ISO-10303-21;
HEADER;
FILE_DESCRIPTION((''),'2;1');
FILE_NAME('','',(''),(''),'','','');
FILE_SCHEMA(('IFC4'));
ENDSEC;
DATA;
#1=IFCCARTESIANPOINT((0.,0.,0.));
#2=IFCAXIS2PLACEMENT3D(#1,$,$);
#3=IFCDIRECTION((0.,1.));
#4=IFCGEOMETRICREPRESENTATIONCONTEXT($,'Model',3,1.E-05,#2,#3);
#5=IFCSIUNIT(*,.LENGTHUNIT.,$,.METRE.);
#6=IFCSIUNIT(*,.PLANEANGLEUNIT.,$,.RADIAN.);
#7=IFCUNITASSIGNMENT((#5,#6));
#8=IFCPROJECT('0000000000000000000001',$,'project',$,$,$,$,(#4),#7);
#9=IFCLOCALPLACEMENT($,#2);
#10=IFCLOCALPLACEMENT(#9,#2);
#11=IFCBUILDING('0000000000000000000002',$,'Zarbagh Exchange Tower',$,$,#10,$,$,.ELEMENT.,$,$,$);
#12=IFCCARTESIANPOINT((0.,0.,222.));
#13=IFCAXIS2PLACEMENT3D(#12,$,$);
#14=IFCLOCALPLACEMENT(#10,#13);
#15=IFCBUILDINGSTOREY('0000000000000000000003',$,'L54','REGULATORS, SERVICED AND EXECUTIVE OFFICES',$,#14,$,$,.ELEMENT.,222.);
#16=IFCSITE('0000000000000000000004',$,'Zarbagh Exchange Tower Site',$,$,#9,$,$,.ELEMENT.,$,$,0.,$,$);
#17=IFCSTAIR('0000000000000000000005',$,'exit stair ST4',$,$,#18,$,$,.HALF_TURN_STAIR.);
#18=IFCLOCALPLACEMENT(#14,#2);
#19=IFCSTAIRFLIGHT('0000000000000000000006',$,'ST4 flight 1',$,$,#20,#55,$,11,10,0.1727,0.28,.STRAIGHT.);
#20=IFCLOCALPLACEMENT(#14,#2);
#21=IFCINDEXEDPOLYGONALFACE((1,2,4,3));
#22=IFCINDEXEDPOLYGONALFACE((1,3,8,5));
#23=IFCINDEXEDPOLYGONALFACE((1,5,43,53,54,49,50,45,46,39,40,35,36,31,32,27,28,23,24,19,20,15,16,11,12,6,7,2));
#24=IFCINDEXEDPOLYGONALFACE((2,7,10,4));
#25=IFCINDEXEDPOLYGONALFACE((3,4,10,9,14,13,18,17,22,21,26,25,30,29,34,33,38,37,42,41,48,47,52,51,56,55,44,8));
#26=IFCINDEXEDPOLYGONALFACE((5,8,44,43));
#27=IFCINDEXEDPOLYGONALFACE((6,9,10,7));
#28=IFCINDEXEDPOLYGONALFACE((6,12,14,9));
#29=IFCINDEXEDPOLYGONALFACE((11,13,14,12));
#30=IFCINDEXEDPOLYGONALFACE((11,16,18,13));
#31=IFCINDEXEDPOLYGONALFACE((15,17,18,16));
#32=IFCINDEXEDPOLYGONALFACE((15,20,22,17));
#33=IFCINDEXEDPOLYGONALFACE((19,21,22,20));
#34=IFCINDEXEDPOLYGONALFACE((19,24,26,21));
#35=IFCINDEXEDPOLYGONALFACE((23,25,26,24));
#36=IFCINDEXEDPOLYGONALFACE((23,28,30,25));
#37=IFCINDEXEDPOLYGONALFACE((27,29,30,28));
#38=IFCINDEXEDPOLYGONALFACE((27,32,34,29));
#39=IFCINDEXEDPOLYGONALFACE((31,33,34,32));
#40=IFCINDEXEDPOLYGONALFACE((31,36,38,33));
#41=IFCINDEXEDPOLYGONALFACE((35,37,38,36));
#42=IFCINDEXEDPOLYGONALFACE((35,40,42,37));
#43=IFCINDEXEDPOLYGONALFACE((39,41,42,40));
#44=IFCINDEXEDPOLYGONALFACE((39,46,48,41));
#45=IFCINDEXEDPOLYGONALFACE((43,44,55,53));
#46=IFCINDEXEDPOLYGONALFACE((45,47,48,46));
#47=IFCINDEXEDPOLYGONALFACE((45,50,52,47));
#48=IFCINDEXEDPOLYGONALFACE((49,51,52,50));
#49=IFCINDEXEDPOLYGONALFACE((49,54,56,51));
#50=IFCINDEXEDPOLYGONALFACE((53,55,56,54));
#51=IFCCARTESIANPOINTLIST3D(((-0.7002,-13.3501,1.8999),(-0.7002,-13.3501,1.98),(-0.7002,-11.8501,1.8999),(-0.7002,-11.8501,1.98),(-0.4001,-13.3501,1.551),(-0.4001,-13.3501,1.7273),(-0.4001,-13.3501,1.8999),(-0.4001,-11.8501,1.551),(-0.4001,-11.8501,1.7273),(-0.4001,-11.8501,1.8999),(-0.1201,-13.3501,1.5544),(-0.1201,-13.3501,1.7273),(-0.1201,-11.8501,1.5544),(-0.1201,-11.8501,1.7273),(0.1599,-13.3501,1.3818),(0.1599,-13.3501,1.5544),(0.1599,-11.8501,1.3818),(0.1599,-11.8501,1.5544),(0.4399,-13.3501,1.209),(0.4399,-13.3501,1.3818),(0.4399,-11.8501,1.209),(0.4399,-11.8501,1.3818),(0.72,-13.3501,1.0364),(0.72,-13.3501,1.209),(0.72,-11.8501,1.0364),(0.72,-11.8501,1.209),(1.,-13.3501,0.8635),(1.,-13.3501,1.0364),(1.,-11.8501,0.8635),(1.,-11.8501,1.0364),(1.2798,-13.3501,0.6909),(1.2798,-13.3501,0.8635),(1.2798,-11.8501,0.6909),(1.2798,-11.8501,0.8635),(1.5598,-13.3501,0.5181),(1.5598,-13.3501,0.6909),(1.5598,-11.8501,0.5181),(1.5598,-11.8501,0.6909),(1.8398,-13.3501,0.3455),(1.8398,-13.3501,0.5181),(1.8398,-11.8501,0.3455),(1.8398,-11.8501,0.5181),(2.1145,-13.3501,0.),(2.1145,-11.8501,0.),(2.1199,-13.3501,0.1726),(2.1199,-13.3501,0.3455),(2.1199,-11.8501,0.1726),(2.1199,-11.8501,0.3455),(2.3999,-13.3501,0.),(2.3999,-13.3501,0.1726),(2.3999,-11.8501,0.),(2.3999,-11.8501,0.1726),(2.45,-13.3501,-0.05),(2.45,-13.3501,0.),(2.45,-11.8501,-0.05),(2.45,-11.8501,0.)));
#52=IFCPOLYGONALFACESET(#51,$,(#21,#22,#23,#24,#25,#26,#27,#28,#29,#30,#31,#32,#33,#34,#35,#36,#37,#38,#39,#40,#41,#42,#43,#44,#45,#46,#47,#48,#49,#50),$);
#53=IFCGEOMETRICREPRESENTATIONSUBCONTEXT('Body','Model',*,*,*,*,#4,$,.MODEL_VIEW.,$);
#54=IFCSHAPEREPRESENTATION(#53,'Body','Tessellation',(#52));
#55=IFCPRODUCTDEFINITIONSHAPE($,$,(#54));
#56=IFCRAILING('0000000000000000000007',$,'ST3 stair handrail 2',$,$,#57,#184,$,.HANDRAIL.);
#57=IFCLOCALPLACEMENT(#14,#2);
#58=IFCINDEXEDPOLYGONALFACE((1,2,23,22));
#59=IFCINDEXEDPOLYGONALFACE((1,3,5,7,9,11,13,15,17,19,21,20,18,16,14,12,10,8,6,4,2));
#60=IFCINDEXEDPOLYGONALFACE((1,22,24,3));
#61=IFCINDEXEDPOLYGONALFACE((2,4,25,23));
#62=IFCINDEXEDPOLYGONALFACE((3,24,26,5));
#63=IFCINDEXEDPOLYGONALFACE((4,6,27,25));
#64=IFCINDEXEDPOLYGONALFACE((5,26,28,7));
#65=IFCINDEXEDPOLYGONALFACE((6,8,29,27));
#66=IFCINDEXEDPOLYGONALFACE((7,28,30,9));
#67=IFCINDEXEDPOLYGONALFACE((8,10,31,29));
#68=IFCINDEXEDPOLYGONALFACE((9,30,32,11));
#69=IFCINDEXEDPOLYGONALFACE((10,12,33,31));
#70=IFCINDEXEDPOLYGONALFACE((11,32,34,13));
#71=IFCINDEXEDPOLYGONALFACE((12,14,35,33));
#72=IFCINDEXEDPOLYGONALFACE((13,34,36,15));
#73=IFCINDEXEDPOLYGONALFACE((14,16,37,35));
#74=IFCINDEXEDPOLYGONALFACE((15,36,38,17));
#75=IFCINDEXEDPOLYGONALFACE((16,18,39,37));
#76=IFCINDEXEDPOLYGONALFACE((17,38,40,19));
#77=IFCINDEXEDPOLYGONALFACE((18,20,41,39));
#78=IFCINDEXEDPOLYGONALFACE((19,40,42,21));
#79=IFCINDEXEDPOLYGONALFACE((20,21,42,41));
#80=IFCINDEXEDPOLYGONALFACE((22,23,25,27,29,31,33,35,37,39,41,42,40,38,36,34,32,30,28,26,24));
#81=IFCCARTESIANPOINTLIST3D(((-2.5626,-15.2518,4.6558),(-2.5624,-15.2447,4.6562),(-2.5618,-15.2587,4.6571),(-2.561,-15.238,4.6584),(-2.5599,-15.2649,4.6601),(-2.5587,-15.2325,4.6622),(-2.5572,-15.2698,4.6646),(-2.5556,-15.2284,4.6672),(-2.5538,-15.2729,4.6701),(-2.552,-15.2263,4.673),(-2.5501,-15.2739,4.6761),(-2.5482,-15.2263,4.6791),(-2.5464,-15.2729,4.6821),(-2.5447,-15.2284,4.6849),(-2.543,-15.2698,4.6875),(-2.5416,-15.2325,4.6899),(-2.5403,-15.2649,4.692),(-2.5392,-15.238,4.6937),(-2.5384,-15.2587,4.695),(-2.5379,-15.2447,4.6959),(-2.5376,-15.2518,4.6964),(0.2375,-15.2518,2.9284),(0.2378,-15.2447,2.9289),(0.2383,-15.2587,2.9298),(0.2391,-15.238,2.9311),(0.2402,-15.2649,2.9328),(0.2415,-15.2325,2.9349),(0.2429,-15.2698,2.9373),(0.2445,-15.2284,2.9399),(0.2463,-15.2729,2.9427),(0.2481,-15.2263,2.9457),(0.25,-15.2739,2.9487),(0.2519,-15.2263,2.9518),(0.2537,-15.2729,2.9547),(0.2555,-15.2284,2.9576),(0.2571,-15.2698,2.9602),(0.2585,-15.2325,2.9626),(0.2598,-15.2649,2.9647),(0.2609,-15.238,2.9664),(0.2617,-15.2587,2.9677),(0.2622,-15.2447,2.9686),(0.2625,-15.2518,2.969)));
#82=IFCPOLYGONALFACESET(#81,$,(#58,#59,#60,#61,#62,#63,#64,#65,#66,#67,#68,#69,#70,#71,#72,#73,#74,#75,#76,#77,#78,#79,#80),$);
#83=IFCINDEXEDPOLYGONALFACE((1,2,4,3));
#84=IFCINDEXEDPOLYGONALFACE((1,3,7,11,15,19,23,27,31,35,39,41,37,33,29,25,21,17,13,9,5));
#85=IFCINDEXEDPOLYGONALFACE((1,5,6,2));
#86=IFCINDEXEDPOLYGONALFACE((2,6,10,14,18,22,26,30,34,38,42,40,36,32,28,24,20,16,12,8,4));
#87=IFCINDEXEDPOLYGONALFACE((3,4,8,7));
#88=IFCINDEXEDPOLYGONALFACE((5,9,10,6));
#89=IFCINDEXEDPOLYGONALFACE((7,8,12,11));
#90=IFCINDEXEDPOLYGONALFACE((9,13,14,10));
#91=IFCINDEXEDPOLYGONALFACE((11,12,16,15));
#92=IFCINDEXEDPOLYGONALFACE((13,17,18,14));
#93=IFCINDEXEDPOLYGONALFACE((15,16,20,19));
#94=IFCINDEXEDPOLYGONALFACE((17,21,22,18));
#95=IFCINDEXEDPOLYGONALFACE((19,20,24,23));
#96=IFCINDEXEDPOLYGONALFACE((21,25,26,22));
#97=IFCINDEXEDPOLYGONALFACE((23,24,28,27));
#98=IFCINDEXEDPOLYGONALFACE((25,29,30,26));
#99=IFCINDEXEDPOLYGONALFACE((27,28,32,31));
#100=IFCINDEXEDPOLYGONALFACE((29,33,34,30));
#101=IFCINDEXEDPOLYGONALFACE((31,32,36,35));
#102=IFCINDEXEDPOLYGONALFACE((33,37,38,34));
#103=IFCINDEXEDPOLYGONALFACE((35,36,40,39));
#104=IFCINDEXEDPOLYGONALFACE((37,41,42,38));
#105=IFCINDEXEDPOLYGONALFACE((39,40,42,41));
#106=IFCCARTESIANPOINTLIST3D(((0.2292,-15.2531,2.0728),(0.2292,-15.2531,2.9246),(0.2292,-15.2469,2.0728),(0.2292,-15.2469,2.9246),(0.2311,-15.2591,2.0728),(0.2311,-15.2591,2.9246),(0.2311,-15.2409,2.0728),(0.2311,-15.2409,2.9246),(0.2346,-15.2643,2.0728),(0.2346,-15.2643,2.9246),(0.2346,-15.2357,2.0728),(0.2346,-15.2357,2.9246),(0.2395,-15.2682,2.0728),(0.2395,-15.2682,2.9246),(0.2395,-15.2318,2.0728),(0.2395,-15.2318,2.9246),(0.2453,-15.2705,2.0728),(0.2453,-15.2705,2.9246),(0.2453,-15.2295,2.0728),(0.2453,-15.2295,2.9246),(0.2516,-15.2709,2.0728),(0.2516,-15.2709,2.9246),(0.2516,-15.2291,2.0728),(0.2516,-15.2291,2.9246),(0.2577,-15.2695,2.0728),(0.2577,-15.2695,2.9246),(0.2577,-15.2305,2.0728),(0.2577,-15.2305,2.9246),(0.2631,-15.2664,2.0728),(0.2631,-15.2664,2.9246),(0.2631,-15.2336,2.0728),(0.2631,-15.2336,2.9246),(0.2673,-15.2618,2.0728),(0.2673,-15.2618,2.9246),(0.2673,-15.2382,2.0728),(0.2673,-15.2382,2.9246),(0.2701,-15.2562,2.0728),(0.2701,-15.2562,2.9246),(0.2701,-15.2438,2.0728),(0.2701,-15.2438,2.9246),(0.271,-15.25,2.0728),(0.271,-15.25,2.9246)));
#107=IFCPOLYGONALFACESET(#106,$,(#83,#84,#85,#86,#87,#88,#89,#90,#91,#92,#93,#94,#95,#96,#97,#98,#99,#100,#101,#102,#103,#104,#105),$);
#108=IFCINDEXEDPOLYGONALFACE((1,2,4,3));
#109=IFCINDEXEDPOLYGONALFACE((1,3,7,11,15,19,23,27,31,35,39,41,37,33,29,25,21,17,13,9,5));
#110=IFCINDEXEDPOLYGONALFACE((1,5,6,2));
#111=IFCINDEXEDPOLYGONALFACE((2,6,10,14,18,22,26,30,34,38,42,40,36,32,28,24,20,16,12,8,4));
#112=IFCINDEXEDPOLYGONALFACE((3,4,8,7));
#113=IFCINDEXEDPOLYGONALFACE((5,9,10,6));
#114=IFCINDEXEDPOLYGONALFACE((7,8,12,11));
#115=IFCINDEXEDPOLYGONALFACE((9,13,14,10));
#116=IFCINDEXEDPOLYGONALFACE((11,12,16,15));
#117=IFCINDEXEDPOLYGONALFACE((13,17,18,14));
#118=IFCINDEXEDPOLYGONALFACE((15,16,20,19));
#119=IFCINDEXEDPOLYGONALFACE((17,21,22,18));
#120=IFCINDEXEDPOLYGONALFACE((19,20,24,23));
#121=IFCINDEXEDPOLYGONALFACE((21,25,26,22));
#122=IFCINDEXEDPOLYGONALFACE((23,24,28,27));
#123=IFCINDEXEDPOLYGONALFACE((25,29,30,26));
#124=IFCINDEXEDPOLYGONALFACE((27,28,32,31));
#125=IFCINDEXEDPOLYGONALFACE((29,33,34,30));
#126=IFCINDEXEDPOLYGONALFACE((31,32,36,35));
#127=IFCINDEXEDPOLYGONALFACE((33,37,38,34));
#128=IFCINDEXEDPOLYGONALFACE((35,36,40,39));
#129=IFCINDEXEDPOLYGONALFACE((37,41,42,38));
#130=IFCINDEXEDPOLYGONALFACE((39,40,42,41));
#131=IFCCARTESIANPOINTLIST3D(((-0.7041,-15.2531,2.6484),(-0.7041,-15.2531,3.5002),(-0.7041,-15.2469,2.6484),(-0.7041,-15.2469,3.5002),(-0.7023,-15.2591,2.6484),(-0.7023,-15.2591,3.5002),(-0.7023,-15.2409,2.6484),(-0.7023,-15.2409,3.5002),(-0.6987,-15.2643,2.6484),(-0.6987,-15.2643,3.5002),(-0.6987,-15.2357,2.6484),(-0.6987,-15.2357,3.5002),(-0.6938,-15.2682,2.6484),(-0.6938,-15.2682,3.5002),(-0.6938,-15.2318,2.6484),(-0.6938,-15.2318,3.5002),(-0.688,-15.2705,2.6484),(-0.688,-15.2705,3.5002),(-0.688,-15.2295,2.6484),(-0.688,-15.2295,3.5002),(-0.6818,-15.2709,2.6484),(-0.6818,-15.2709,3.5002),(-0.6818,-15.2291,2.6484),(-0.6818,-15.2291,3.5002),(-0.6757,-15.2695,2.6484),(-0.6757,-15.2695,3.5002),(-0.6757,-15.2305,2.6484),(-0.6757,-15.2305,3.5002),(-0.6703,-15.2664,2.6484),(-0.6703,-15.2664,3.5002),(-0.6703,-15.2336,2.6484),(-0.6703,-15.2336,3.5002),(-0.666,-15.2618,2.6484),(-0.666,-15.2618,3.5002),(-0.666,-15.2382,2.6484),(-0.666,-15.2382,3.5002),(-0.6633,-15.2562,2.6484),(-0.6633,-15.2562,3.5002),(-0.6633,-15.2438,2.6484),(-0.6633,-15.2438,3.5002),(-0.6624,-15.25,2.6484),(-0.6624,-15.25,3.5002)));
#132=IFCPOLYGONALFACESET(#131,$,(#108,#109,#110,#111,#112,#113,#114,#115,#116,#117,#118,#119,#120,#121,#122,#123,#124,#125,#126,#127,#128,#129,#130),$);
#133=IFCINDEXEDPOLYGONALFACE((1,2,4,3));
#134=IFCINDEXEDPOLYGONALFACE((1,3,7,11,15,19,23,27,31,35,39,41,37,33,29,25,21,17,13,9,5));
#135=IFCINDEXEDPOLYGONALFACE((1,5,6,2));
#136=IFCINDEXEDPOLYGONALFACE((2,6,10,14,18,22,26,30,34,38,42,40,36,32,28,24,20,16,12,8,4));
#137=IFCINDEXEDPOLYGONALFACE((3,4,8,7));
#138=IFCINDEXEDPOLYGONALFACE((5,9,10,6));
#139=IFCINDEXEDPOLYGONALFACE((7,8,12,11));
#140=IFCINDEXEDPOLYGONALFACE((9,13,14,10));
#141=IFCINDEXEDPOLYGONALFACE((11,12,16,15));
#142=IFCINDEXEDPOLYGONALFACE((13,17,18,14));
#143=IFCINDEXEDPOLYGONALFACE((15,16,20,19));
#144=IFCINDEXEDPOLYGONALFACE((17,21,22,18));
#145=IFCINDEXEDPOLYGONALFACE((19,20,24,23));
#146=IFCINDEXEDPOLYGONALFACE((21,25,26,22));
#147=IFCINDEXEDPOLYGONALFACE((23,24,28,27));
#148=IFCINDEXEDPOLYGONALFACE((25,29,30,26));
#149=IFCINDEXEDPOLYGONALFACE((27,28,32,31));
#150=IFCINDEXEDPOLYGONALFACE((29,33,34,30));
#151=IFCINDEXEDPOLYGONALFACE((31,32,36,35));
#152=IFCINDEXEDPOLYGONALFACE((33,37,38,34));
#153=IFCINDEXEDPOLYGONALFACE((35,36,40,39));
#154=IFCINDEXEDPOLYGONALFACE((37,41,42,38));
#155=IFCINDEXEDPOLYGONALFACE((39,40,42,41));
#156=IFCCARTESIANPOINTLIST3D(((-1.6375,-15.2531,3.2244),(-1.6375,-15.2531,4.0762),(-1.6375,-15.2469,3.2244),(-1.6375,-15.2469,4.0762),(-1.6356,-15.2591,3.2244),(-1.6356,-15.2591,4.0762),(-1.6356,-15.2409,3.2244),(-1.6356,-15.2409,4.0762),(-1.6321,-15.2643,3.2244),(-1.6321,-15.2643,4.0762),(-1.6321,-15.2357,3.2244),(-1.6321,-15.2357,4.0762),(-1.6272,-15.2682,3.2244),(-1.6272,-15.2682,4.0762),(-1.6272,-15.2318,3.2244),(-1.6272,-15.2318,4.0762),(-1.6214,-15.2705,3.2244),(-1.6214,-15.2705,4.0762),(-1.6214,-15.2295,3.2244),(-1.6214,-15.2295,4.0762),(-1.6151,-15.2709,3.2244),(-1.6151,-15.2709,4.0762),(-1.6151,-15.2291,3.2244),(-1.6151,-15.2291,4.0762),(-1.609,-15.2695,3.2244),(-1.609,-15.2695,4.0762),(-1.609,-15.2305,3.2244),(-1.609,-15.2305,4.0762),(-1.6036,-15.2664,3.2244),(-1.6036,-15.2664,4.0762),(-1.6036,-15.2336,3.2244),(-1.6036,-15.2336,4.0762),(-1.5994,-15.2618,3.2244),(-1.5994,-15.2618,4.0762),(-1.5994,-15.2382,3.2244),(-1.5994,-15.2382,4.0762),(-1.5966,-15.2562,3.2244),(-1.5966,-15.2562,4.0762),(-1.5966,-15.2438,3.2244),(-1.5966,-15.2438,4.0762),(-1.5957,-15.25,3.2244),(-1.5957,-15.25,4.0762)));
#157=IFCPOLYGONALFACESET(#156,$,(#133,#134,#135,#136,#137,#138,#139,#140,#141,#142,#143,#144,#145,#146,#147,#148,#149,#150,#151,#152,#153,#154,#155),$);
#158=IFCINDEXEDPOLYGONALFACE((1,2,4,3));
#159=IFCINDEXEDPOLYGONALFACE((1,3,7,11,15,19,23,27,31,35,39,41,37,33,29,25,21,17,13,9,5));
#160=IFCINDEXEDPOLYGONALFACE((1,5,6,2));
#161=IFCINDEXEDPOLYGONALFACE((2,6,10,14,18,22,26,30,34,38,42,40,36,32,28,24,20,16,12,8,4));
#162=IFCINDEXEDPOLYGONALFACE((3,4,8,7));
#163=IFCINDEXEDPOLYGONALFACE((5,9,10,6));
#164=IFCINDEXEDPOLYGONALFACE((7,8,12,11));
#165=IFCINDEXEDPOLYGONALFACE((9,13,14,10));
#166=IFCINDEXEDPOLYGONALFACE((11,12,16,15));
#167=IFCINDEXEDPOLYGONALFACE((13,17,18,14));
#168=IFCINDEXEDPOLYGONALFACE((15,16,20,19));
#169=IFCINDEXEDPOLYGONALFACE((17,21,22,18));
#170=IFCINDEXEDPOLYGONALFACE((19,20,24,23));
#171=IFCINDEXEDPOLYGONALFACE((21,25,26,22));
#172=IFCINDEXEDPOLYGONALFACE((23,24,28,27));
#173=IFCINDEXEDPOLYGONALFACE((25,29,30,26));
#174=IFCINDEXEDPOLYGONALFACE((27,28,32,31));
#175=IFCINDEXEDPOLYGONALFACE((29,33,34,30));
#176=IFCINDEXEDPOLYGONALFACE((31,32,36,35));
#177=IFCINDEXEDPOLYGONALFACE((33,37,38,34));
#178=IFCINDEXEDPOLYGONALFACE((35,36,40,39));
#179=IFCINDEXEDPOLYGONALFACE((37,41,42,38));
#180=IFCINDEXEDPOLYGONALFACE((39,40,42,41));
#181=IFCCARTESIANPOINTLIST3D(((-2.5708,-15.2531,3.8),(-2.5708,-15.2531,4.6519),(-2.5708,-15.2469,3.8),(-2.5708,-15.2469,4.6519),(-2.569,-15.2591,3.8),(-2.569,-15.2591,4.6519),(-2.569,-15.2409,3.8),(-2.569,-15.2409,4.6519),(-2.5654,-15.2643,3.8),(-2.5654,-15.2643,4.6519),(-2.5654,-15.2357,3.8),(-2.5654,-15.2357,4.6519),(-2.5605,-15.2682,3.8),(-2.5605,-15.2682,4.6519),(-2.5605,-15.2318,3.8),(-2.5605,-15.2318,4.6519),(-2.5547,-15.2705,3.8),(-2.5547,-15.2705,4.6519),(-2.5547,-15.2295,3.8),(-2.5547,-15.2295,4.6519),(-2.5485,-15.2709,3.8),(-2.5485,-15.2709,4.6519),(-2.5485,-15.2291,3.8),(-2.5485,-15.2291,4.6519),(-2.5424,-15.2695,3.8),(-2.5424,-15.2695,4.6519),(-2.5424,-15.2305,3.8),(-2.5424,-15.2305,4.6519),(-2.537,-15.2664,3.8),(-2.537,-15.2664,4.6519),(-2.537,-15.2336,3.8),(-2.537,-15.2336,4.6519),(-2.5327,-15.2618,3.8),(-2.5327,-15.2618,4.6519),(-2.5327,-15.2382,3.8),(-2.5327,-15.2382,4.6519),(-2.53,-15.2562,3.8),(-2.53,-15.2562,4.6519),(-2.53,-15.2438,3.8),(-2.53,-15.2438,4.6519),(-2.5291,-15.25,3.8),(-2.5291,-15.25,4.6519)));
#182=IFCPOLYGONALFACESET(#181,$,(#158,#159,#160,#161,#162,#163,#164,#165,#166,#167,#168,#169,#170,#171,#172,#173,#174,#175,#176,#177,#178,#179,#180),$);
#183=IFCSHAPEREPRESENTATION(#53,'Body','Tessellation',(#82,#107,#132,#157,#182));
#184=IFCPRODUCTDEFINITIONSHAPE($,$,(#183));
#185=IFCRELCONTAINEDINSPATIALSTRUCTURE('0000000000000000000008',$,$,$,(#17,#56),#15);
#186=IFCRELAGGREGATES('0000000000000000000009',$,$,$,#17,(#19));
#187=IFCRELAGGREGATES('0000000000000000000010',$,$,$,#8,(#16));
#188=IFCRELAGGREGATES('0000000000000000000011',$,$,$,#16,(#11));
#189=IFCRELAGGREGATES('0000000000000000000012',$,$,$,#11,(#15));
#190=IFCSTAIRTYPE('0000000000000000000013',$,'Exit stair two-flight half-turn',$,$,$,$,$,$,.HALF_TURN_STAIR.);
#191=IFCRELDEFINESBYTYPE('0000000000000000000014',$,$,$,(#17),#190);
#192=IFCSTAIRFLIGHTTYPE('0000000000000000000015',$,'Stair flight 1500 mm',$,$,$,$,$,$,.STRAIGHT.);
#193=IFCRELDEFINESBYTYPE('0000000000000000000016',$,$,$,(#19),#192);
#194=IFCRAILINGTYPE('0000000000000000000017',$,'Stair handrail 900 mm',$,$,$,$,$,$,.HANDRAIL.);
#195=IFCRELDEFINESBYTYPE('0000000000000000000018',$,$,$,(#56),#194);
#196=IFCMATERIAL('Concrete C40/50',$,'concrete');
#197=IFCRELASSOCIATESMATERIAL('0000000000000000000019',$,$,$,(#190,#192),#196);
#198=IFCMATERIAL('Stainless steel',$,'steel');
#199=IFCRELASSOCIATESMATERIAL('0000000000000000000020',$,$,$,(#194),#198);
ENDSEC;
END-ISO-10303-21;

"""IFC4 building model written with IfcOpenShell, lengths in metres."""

from ifc_helpers import new_model, si_unit, direction, frame, origin, origin_2d, place, context, subcontext, project, spatial, polyline, circle, outline, extrude, material, type_object, element, aggregate, save


model = new_model("IFC4")

# Units and contexts
model_context = context("Model", 3, precision=1e-05, world=origin(), true_north=direction((0.0, 1.0)))
body_context = subcontext(model_context, "Body", "Model", "MODEL_VIEW")
ifc_project = project(units=[si_unit("LENGTHUNIT", "METRE"), si_unit("PLANEANGLEUNIT", "RADIAN")], contexts=[model_context])

# Site, building, storey
site_placement = place(None, origin())
site = spatial("IfcSite", under=ifc_project, at=site_placement, Name="Zarbagh Exchange Tower Site", CompositionType="ELEMENT", RefElevation=0.0)
building_placement = place(site_placement, origin())
building = spatial("IfcBuilding", under=site, at=building_placement, Name="Zarbagh Exchange Tower", CompositionType="ELEMENT")
storey_placement = place(building_placement, frame((0.0, 0.0, 222.0)))
storey = spatial("IfcBuildingStorey", under=building, at=storey_placement, Name="L54", Description="REGULATORS, SERVICED AND EXECUTIVE OFFICES", CompositionType="ELEMENT", Elevation=222.0)

# Shared definitions
ifc_material_1 = material(Name="Stainless steel", Category="steel")

# Shared definitions
ifc_material_2 = material(Name="Concrete C40/50", Category="concrete")

# Stair, stair flight
stair_type = type_object("IfcStairType", Name="Exit stair two-flight half-turn", PredefinedType="HALF_TURN_STAIR", material=ifc_material_2)
stair_1_placement = place(storey_placement, origin())
stair_1 = element("IfcStair", 1, at=stair_1_placement, inside=storey, type_object=stair_type, Name="exit stair ST4", PredefinedType="HALF_TURN_STAIR")
stair_flight_type_1 = type_object("IfcStairFlightType", Name="Stair flight 1500 mm", PredefinedType="STRAIGHT", material=ifc_material_2)
stair_flight_1_placement = place(storey_placement, frame((2.3999, -12.6001, 0.0), z_axis=(0.0, 0.0, 1.0), x_axis=(-1.0, 0.0, 0.0)))
stair_flight_1 = element("IfcStairFlight", 2, at=stair_flight_1_placement, type_object=stair_flight_type_1, Name="ST4 flight 1", NumberOfRisers=11, NumberOfTreads=10, PredefinedType="STRAIGHT", RiserHeight=0.1727, TreadLength=0.28, context=body_context, shape_type="SweptSolid", body=[
    extrude(outline(polyline([(-0.05, -0.05), (-0.05, 0.0), (0.0, 0.0), (0.0, 0.1726), (0.28, 0.1726), (0.28, 0.3455), (0.5601, 0.3455), (0.5601, 0.5181), (0.8401, 0.5181), (0.8401, 0.6909), (1.1201, 0.6909), (1.1201, 0.8635), (1.3999, 0.8635), (1.3999, 1.0364), (1.6799, 1.0364), (1.6799, 1.209), (1.96, 1.209), (1.96, 1.3818), (2.24, 1.3818), (2.24, 1.5544), (2.52, 1.5544), (2.52, 1.7273), (2.8, 1.7273), (2.8, 1.8999), (3.1001, 1.98), (3.1001, 1.8999), (2.8, 1.551), (0.2854, 0.0), (-0.05, -0.05)])), frame((0.0, 0.75, 0.0), z_axis=(0.0, -1.0, 0.0), x_axis=(1.0, 0.0, 0.0)), (0.0, 0.0, 1.0), 1.5),
])
aggregate(stair_1, [stair_flight_1])

# Railing
railing_type_1 = type_object("IfcRailingType", Name="Stair handrail 900 mm", PredefinedType="HANDRAIL", material=ifc_material_1)
railing_1_placement = place(storey_placement, frame((0.25, -15.25, 2.0728)))
element("IfcRailing", 3, at=railing_1_placement, inside=storey, type_object=railing_type_1, Name="ST3 stair handrail 2", PredefinedType="HANDRAIL", context=body_context, shape_type="SweptSolid", body=[
    extrude(circle(Radius=0.0239, at=origin_2d()), frame((0.0, 0.0, 0.876), z_axis=(-0.85109, 0.0, 0.52502), x_axis=(0.0, -1.0, 0.0)), (0.0, 0.0, 1.0), 3.29),
    extrude(circle(Radius=0.021, at=origin_2d()), origin(), (0.0, 0.0, 1.0), 0.8518),
    extrude(circle(Radius=0.021, at=origin_2d()), frame((-0.9333, 0.0, 0.5757)), (0.0, 0.0, 1.0), 0.8518),
    extrude(circle(Radius=0.021, at=origin_2d()), frame((-1.8667, 0.0, 1.1516)), (0.0, 0.0, 1.0), 0.8518),
    extrude(circle(Radius=0.021, at=origin_2d()), frame((-2.8, 0.0, 1.7273)), (0.0, 0.0, 1.0), 0.8518),
])

save(model, "model.ifc")
